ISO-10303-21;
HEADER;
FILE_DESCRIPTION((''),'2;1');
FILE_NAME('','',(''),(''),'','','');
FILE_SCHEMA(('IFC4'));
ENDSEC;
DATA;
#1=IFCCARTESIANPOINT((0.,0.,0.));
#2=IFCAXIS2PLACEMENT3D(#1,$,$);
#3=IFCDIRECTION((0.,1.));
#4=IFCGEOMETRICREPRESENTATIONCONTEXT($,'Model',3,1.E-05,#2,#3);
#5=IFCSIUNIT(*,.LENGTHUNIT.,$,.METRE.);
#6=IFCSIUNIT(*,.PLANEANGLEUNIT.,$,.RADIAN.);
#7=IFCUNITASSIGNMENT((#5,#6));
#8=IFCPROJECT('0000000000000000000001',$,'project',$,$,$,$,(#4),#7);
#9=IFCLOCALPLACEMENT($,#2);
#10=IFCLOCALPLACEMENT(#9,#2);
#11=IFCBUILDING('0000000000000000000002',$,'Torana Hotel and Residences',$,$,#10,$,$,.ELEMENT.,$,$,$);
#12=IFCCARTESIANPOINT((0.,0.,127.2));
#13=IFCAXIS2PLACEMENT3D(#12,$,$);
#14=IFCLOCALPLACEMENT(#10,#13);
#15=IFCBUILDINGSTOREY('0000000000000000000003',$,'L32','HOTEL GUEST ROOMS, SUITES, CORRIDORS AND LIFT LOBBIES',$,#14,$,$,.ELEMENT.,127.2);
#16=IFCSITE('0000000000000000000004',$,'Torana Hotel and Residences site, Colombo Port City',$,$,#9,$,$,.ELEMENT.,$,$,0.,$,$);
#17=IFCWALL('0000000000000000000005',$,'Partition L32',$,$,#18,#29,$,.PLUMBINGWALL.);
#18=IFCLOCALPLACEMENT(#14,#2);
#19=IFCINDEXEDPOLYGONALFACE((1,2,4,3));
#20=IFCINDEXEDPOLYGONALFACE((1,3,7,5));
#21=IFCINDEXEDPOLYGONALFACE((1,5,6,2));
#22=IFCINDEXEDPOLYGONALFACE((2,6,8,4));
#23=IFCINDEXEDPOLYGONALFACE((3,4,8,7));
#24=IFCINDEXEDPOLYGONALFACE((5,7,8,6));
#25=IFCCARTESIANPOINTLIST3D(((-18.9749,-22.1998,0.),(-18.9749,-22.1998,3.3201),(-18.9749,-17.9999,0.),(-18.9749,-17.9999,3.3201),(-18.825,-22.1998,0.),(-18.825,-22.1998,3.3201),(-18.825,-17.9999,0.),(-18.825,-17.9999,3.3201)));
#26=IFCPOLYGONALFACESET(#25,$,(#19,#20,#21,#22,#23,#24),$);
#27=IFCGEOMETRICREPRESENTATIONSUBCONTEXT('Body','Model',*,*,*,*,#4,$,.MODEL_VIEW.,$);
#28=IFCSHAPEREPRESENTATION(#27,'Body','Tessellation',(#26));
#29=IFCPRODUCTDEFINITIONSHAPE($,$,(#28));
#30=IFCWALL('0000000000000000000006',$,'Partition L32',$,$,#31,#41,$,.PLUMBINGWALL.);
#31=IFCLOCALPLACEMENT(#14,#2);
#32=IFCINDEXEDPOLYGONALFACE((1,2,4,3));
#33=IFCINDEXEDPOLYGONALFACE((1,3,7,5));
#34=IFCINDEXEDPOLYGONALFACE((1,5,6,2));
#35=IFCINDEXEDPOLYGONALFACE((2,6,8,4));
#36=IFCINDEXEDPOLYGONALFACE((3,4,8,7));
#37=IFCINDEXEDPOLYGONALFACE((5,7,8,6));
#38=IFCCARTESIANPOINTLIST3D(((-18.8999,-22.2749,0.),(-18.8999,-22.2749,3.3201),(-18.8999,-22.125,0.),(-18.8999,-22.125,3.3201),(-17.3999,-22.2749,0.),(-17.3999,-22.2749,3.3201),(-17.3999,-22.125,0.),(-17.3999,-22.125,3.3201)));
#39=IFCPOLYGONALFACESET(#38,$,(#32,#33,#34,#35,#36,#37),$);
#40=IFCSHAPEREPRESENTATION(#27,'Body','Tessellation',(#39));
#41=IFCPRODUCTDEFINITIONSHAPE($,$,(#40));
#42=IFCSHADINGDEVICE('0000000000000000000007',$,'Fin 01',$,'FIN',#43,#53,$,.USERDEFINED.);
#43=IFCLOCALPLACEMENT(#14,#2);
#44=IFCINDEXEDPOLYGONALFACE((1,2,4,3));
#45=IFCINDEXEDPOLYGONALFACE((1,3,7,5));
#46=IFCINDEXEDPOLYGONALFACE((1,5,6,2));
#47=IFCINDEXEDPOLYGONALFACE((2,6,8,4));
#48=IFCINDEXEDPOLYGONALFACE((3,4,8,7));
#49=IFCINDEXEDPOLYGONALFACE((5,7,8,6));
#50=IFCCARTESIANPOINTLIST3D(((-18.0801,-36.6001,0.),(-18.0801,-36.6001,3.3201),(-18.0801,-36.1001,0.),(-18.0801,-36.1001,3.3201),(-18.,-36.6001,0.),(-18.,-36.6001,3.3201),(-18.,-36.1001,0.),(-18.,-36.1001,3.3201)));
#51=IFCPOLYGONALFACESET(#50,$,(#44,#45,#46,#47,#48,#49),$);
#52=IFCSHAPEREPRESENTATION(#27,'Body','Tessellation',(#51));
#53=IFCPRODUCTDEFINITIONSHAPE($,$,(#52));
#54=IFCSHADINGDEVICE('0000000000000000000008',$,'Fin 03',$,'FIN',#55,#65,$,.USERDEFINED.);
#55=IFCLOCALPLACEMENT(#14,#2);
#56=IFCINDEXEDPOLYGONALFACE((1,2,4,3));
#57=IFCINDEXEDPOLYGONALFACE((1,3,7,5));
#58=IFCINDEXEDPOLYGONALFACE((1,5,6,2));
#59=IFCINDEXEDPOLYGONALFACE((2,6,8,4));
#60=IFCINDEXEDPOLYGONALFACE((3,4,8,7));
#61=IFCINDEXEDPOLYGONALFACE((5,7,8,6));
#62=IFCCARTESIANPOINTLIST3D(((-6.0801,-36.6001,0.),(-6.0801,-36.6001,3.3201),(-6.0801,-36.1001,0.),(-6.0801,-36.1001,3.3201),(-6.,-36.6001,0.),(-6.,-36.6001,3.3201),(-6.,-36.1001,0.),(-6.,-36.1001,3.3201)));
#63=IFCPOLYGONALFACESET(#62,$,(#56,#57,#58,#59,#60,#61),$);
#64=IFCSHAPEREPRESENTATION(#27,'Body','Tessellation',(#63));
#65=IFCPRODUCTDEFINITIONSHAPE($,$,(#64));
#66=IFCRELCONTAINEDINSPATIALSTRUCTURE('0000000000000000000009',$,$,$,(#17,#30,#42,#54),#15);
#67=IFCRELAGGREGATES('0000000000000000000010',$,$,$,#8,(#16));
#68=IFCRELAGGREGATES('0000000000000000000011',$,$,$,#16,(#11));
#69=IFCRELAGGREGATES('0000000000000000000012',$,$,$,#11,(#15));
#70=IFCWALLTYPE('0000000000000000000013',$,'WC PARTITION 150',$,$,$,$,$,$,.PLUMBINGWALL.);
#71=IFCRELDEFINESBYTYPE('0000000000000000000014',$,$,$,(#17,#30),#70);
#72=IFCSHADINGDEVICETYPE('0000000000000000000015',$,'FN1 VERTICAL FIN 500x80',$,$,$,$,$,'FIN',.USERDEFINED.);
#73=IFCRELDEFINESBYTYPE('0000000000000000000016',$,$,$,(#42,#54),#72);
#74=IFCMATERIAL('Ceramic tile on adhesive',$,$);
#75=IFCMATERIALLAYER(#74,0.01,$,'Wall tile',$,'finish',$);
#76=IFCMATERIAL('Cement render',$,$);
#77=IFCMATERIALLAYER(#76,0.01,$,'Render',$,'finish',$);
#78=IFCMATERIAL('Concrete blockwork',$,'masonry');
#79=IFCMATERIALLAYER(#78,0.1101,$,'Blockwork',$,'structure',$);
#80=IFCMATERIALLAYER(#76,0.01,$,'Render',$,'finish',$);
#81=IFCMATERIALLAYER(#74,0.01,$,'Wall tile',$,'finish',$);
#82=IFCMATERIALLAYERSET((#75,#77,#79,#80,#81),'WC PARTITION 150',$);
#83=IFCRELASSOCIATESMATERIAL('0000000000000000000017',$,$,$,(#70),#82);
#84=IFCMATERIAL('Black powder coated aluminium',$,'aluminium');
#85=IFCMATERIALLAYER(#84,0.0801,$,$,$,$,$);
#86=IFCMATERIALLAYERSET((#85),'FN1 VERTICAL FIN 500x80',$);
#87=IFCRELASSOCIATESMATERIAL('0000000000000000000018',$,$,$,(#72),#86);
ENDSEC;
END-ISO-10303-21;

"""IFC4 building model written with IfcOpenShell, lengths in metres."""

from ifc_helpers import new_model, si_unit, direction, frame, frame_2d, origin, origin_2d, place, context, subcontext, project, spatial, rectangle, extrude, material, layer, layer_set, type_object, element, save


model = new_model("IFC4")

# Units and contexts
model_context = context("Model", 3, precision=1e-05, world=origin(), true_north=direction((0.0, 1.0)))
body_context = subcontext(model_context, "Body", "Model", "MODEL_VIEW")
ifc_project = project(units=[si_unit("LENGTHUNIT", "METRE"), si_unit("PLANEANGLEUNIT", "RADIAN")], contexts=[model_context])

# Site, building, storey
site_placement = place(None, origin())
site = spatial("IfcSite", under=ifc_project, at=site_placement, Name="Torana Hotel and Residences site, Colombo Port City", CompositionType="ELEMENT", RefElevation=0.0)
building_placement = place(site_placement, origin())
building = spatial("IfcBuilding", under=site, at=building_placement, Name="Torana Hotel and Residences", CompositionType="ELEMENT")
storey_placement = place(building_placement, frame((0.0, 0.0, 127.2)))
storey = spatial("IfcBuildingStorey", under=building, at=storey_placement, Name="L32", Description="HOTEL GUEST ROOMS, SUITES, CORRIDORS AND LIFT LOBBIES", CompositionType="ELEMENT", Elevation=127.2)

# Shared definitions
ifc_material_1 = material(Name="Concrete blockwork", Category="masonry")

# Walls
ifc_material_2 = material(Name="Ceramic tile on adhesive")
ifc_layer_1 = layer(ifc_material_2, 0.01, Name="Wall tile", Category="finish")
ifc_material_3 = material(Name="Cement render")
ifc_layer_2 = layer(ifc_material_3, 0.01, Name="Render", Category="finish")
ifc_layer_3 = layer(ifc_material_1, 0.1101, Name="Blockwork", Category="structure")
ifc_layer_4 = layer(ifc_material_3, 0.01, Name="Render", Category="finish")
ifc_layer_5 = layer(ifc_material_2, 0.01, Name="Wall tile", Category="finish")
ifc_layer_set_1 = layer_set([ifc_layer_1, ifc_layer_2, ifc_layer_3, ifc_layer_4, ifc_layer_5], Name="WC PARTITION 150")
wall_type_1 = type_object("IfcWallType", Name="WC PARTITION 150", PredefinedType="PLUMBINGWALL", material=ifc_layer_set_1)
wall_1_placement = place(storey_placement, frame((-18.8999, -22.2, 0.0), z_axis=(0.0, 0.0, 1.0), x_axis=(0.0, 1.0, 0.0)))
element("IfcWall", 1, at=wall_1_placement, inside=storey, type_object=wall_type_1, Name="Partition L32", PredefinedType="PLUMBINGWALL", context=body_context, shape_type="SweptSolid", body=[
    extrude(rectangle(XDim=4.2, YDim=0.1499, at=frame_2d((2.1001, 0.0))), origin(), (0.0, 0.0, 1.0), 3.3201),
])
wall_2_placement = place(storey_placement, frame((-18.8999, -22.2, 0.0), z_axis=(0.0, 0.0, 1.0), x_axis=(1.0, 0.0, 0.0)))
element("IfcWall", 2, at=wall_2_placement, inside=storey, type_object=wall_type_1, Name="Partition L32", PredefinedType="PLUMBINGWALL", context=body_context, shape_type="SweptSolid", body=[
    extrude(rectangle(XDim=1.5, YDim=0.1499, at=frame_2d((0.75, 0.0))), origin(), (0.0, 0.0, 1.0), 3.3201),
])

# Shading devices
ifc_material_4 = material(Name="Black powder coated aluminium", Category="aluminium")
ifc_layer_6 = layer(ifc_material_4, 0.0801)
ifc_layer_set_2 = layer_set([ifc_layer_6], Name="FN1 VERTICAL FIN 500x80")
shading_device_type = type_object("IfcShadingDeviceType", Name="FN1 VERTICAL FIN 500x80", ElementType="FIN", PredefinedType="USERDEFINED", material=ifc_layer_set_2)
for number, where, z_axis, x_axis, name in (
    (3, (-18.04, -36.3501, 0.0), (0.0, 0.0, 1.0), (-1.0, 0.0, 0.0), "Fin 01"),
    (4, (-6.04, -36.3501, 0.0), (0.0, 0.0, 1.0), (-1.0, 0.0, 0.0), "Fin 03"),
):
    element("IfcShadingDevice", number, at=place(storey_placement, frame(where, z_axis=z_axis, x_axis=x_axis)), inside=storey, type_object=shading_device_type, Name=name, ObjectType="FIN", PredefinedType="USERDEFINED", context=body_context, shape_type="SweptSolid", body=[
        extrude(rectangle(XDim=0.0801, YDim=0.5, at=origin_2d()), origin(), (0.0, 0.0, 1.0), 3.3201),
    ])

save(model, "model.ifc")
